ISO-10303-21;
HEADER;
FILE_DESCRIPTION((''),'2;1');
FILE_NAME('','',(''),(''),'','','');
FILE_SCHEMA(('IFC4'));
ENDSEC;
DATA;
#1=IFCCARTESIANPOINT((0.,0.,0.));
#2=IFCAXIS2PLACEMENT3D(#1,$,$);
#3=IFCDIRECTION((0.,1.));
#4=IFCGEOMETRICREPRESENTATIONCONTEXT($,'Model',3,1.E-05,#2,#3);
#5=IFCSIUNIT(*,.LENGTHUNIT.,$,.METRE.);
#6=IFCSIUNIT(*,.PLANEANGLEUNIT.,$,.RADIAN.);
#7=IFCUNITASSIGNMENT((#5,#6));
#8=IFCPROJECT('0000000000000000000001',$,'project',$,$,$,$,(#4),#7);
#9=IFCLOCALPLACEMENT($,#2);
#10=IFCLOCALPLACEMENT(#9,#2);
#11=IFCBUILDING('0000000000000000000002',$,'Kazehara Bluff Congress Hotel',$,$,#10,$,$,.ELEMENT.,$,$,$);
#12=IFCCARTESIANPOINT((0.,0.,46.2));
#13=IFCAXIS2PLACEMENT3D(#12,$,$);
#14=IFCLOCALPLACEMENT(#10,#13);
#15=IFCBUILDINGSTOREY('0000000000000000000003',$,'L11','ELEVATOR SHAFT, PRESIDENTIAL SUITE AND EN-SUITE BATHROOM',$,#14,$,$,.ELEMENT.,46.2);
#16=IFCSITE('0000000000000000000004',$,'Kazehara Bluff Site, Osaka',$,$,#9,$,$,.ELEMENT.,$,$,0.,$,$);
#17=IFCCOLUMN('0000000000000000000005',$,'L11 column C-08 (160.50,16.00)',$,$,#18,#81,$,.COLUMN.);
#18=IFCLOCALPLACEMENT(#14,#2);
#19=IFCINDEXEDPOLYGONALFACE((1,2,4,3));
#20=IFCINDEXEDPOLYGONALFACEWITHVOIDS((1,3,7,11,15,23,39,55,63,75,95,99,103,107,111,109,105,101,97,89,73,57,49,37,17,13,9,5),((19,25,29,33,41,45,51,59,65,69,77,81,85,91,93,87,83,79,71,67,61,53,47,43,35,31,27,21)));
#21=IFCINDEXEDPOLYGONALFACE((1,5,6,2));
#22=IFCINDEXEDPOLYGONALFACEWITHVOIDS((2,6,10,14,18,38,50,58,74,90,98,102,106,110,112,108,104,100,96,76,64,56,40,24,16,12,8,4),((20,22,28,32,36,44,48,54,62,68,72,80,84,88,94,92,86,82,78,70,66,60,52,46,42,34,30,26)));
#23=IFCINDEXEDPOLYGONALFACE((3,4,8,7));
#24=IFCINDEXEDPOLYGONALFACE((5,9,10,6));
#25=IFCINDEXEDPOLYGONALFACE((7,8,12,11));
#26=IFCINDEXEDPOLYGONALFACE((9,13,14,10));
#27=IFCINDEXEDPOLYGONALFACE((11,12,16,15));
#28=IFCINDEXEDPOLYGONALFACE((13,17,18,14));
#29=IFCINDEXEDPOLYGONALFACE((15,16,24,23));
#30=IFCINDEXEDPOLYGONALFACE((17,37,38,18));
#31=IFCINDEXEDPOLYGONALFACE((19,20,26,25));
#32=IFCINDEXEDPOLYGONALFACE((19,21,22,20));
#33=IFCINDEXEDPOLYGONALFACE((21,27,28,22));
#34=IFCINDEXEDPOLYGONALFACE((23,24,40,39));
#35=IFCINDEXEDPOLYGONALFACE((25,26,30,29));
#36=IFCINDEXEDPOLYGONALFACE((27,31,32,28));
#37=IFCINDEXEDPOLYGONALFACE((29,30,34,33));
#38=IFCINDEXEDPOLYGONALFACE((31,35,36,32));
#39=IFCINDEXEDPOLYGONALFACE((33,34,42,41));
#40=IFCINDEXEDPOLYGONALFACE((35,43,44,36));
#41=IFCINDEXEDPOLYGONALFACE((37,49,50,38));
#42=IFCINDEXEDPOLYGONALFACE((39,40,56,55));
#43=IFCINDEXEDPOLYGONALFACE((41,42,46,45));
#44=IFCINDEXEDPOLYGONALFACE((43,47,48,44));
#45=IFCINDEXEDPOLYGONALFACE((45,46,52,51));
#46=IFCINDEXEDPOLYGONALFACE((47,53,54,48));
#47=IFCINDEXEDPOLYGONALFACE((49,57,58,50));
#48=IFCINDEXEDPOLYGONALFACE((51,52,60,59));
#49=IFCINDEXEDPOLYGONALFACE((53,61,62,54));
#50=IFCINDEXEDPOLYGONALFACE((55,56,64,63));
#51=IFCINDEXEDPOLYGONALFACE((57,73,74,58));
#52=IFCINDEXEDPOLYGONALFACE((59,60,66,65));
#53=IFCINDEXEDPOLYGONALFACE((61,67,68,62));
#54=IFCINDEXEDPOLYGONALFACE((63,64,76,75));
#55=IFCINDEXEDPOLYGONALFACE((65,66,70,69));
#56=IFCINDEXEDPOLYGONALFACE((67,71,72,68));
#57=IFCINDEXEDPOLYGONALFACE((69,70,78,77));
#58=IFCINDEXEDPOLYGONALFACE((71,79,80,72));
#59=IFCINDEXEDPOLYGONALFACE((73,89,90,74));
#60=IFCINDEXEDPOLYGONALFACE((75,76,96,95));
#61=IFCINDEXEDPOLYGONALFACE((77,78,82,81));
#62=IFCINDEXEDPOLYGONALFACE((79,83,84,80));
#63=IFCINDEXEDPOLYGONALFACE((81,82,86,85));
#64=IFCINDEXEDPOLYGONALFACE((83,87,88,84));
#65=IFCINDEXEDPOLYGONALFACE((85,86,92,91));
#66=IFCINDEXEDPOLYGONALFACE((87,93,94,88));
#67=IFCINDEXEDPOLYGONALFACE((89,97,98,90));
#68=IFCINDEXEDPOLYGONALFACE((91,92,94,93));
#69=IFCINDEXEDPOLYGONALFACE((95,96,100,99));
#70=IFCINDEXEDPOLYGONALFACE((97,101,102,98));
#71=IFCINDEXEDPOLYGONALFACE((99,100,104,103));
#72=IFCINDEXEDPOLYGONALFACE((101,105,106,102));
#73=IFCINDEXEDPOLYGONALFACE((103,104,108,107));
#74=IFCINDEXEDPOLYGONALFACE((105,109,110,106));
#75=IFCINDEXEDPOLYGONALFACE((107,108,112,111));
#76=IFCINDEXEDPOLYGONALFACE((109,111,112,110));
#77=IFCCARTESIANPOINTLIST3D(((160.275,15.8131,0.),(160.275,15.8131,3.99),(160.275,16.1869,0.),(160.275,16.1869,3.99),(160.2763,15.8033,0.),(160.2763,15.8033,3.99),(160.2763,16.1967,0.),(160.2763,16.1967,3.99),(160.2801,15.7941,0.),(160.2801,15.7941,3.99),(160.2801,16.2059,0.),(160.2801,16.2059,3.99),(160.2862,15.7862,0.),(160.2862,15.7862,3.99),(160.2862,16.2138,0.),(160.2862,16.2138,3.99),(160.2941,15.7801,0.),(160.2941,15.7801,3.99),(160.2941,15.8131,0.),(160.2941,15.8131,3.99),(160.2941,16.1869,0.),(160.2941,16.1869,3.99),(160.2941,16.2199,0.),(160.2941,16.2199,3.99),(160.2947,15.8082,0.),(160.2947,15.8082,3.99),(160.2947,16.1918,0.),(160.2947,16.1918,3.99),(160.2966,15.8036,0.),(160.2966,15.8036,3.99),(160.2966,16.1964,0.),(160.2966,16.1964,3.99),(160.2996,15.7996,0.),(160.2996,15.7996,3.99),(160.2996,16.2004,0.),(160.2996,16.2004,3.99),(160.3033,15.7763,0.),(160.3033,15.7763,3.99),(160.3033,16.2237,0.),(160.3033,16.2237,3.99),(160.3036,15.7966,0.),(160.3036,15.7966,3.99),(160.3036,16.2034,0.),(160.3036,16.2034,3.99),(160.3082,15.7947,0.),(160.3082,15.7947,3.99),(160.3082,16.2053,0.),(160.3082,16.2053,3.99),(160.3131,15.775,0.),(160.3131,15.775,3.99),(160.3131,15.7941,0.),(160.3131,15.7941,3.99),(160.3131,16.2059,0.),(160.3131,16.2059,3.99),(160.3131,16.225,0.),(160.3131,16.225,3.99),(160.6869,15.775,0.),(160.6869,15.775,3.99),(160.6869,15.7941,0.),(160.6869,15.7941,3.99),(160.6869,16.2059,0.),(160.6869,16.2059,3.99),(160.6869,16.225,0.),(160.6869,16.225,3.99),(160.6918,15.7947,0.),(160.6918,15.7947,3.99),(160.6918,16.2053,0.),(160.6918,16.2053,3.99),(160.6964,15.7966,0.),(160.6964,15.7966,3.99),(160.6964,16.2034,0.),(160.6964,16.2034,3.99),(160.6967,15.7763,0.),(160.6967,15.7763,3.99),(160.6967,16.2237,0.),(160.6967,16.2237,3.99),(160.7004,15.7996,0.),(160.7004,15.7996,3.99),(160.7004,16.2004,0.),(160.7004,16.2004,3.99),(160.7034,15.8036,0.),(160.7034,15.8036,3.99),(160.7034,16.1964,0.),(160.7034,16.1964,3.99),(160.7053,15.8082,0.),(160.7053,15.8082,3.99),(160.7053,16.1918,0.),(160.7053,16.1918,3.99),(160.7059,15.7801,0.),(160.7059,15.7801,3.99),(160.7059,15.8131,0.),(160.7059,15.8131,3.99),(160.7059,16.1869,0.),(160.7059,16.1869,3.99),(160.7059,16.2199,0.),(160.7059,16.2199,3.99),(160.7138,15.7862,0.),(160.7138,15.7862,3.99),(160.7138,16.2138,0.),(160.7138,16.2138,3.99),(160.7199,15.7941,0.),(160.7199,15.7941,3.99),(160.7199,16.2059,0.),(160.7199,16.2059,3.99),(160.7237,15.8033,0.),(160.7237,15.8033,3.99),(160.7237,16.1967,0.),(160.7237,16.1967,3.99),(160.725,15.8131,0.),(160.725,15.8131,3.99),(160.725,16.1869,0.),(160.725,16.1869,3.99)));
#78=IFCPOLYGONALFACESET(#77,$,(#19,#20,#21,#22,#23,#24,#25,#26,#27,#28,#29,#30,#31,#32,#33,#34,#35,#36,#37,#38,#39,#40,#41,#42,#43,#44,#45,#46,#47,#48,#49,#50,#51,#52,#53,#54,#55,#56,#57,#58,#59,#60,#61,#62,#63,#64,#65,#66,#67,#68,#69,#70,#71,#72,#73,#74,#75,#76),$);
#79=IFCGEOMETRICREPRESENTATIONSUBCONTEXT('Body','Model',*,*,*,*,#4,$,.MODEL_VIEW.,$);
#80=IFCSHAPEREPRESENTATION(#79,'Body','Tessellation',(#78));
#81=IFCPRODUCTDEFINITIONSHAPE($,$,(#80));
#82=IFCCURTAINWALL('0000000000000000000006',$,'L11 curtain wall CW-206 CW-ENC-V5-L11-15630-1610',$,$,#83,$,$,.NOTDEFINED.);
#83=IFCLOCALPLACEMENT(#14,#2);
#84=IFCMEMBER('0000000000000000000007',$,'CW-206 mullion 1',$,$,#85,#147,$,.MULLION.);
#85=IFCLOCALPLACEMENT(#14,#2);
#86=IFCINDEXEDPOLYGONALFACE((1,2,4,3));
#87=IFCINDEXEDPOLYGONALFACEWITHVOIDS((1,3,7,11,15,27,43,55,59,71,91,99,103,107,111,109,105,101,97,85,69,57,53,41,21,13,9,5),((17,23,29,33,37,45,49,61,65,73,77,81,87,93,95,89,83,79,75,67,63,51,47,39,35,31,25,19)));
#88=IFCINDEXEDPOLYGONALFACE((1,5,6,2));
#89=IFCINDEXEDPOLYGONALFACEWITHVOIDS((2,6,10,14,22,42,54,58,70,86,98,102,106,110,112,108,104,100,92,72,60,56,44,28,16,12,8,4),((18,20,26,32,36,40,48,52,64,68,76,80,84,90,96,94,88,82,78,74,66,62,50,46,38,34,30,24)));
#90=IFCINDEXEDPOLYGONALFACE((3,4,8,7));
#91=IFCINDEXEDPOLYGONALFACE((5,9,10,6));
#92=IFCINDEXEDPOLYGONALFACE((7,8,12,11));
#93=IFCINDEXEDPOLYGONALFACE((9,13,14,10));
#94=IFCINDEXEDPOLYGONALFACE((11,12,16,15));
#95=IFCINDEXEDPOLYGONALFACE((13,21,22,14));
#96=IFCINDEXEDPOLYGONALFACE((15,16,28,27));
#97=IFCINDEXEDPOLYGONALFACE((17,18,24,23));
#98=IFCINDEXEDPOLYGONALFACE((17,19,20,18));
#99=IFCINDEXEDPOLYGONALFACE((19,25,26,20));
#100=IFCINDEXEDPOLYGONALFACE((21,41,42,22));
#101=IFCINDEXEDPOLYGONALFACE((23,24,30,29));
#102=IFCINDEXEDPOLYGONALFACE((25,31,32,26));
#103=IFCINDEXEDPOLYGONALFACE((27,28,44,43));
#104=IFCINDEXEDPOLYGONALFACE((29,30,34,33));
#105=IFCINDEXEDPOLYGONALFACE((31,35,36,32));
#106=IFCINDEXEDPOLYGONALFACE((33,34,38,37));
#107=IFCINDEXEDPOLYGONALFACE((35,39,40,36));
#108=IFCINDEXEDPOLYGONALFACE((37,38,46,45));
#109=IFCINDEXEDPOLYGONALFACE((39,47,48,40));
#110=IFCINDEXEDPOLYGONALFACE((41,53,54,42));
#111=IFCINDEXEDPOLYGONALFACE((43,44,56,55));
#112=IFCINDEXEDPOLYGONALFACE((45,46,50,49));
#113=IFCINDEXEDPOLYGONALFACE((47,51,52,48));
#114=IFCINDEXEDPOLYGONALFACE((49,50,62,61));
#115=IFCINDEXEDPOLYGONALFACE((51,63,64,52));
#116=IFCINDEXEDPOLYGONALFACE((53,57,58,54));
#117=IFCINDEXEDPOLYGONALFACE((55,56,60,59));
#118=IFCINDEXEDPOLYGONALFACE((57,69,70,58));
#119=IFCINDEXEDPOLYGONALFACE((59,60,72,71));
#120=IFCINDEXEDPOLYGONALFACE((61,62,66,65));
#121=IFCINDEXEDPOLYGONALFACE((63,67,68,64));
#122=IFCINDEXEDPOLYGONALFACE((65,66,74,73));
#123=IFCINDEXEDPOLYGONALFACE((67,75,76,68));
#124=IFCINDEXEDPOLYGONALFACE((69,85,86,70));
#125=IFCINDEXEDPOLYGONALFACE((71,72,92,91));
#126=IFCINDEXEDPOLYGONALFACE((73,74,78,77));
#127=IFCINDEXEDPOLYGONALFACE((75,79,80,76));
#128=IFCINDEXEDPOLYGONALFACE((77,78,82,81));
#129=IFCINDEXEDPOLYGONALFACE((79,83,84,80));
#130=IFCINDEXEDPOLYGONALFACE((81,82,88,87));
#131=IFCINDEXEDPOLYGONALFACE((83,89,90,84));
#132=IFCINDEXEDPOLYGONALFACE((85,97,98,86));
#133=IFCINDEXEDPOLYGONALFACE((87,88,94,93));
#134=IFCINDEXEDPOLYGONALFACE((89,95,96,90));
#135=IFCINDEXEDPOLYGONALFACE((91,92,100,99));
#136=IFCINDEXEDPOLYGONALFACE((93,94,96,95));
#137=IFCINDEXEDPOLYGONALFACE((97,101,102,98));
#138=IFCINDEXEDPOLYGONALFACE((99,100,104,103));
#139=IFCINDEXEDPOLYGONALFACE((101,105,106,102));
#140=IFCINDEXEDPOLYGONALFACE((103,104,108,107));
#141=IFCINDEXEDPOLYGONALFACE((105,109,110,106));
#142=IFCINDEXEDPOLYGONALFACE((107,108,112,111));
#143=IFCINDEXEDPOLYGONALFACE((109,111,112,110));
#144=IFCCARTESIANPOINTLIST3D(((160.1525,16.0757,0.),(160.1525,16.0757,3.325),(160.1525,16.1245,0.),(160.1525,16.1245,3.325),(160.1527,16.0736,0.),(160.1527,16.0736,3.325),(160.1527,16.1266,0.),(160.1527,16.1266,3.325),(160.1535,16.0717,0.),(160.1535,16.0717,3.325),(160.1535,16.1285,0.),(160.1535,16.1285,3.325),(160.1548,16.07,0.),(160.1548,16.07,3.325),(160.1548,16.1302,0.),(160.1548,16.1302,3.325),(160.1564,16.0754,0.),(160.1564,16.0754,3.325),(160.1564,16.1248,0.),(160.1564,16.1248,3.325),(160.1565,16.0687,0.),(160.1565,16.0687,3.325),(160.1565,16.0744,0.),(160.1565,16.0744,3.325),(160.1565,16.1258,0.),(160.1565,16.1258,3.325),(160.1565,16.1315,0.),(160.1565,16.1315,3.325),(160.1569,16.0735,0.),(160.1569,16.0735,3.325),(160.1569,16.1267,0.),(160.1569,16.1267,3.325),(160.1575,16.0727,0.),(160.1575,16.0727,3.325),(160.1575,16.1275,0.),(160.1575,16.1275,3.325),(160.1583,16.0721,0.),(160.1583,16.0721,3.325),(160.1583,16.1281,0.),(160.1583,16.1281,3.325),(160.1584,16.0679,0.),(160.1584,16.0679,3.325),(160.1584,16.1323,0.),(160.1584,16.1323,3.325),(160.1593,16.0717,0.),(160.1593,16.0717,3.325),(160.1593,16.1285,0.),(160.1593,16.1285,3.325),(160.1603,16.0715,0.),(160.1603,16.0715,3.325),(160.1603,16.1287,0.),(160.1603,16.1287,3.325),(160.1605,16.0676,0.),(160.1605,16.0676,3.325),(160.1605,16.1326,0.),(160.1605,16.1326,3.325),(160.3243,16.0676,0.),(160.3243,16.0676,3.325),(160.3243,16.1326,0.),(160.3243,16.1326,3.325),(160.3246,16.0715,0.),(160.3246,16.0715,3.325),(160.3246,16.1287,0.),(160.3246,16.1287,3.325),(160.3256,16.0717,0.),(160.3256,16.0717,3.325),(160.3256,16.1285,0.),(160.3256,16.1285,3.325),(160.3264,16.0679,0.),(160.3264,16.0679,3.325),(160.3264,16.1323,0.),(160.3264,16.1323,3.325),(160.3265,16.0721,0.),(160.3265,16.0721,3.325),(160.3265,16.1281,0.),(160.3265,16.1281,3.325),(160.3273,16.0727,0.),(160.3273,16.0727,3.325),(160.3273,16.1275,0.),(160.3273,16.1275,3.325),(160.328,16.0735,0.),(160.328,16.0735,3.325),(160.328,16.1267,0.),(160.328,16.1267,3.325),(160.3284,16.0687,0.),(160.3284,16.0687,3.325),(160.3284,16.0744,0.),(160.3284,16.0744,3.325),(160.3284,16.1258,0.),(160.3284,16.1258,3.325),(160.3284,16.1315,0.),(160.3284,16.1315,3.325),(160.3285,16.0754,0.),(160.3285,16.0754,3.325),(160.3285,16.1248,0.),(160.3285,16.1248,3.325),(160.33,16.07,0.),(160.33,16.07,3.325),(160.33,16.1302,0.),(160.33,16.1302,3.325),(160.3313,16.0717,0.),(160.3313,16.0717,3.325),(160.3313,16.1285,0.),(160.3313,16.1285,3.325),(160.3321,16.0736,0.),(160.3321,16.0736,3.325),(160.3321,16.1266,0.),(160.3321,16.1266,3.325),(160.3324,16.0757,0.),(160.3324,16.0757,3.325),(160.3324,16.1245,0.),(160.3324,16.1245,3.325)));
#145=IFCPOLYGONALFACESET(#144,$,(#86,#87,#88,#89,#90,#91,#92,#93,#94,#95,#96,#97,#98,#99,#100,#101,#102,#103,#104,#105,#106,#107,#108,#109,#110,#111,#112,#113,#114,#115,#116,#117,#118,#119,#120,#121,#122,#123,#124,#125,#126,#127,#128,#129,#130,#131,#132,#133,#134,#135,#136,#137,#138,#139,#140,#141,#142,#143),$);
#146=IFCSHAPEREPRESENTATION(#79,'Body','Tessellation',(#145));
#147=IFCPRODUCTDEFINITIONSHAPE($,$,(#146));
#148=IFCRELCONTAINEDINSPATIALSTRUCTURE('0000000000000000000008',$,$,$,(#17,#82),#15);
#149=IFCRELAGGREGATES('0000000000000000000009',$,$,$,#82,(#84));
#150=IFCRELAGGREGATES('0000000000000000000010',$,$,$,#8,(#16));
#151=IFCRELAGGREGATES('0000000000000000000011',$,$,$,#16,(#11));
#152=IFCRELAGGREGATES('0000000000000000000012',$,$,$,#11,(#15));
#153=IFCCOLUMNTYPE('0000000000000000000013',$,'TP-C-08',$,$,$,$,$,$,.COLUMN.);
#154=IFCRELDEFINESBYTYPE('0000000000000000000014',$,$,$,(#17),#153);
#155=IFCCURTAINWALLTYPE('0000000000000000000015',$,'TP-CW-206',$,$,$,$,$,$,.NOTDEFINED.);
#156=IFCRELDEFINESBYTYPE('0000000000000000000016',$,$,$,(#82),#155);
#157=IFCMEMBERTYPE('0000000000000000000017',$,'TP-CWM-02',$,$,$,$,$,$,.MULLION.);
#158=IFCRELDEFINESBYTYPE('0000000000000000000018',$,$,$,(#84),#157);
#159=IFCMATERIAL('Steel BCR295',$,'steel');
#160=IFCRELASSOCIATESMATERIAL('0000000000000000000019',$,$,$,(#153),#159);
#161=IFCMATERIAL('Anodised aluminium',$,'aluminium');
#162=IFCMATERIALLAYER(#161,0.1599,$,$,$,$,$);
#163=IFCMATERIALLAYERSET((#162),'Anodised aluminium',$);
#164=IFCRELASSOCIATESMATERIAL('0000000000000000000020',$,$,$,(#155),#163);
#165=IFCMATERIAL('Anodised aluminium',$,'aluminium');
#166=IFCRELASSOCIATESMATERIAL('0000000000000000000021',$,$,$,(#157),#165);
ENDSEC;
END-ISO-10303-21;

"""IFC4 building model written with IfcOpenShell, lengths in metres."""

from ifc_helpers import new_model, si_unit, direction, frame, origin, origin_2d, place, context, subcontext, project, spatial, hollow_rectangle, extrude, material, layer, layer_set, material_profile, profile_set, type_object, element, aggregate, save


model = new_model("IFC4")

# Units and contexts
model_context = context("Model", 3, precision=1e-05, world=origin(), true_north=direction((0.0, 1.0)))
body_context = subcontext(model_context, "Body", "Model", "MODEL_VIEW")
ifc_project = project(units=[si_unit("LENGTHUNIT", "METRE"), si_unit("PLANEANGLEUNIT", "RADIAN")], contexts=[model_context])

# Site, building, storey
site_placement = place(None, origin())
site = spatial("IfcSite", under=ifc_project, at=site_placement, Name="Kazehara Bluff Site, Osaka", CompositionType="ELEMENT", RefElevation=0.0)
building_placement = place(site_placement, origin())
building = spatial("IfcBuilding", under=site, at=building_placement, Name="Kazehara Bluff Congress Hotel", CompositionType="ELEMENT")
storey_placement = place(building_placement, frame((0.0, 0.0, 46.2)))
storey = spatial("IfcBuildingStorey", under=building, at=storey_placement, Name="L11", Description="ELEVATOR SHAFT, PRESIDENTIAL SUITE AND EN-SUITE BATHROOM", CompositionType="ELEMENT", Elevation=46.2)

# Column
ifc_material_1 = material(Name="Steel BCR295", Category="steel")
ifc_material_profile_1 = material_profile(ifc_material_1, hollow_rectangle(XDim=0.45, YDim=0.45, WallThickness=0.019, InnerFilletRadius=0.019, OuterFilletRadius=0.0381, at=origin_2d()))
ifc_profile_set_1 = profile_set([ifc_material_profile_1], Name="Steel BCR295")
column_type = type_object("IfcColumnType", Name="TP-C-08", PredefinedType="COLUMN", material=ifc_profile_set_1)
column_placement = place(storey_placement, frame((160.5, 16.0, 0.0), z_axis=(0.0, 0.0, 1.0), x_axis=(1.0, 0.0, 0.0)))
element("IfcColumn", 1, at=column_placement, inside=storey, type_object=column_type, Name="L11 column C-08 (160.50,16.00)", PredefinedType="COLUMN", context=body_context, shape_type="SweptSolid", body=[
    extrude(hollow_rectangle(XDim=0.45, YDim=0.45, WallThickness=0.019, InnerFilletRadius=0.019, OuterFilletRadius=0.0381, at=origin_2d()), origin(), (0.0, 0.0, 1.0), 3.99),
])

# Curtain wall, member
ifc_material_2 = material(Name="Anodised aluminium", Category="aluminium")
ifc_layer_1 = layer(ifc_material_2, 0.1599)
ifc_layer_set_1 = layer_set([ifc_layer_1], Name="Anodised aluminium")
curtain_wall_type_1 = type_object("IfcCurtainWallType", Name="TP-CW-206", PredefinedType="NOTDEFINED", material=ifc_layer_set_1)
curtain_wall_1_placement = place(storey_placement, origin())
curtain_wall_1 = element("IfcCurtainWall", 2, at=curtain_wall_1_placement, inside=storey, type_object=curtain_wall_type_1, Name="L11 curtain wall CW-206 CW-ENC-V5-L11-15630-1610", PredefinedType="NOTDEFINED")
ifc_material_3 = material(Name="Anodised aluminium", Category="aluminium")
ifc_material_profile_2 = material_profile(ifc_material_3, hollow_rectangle(XDim=0.0649, YDim=0.1799, WallThickness=0.0039, InnerFilletRadius=0.0039, OuterFilletRadius=0.0081, at=origin_2d()))
ifc_profile_set_2 = profile_set([ifc_material_profile_2], Name="Anodised aluminium")
member_type_1 = type_object("IfcMemberType", Name="TP-CWM-02", PredefinedType="MULLION", material=ifc_profile_set_2)
member_1_placement = place(storey_placement, frame((160.2424, 16.1001, 0.0), z_axis=(0.0, 0.0, 1.0), x_axis=(0.0, -1.0, 0.0)))
member_1 = element("IfcMember", 3, at=member_1_placement, type_object=member_type_1, Name="CW-206 mullion 1", PredefinedType="MULLION", context=body_context, shape_type="SweptSolid", body=[
    extrude(hollow_rectangle(XDim=0.0649, YDim=0.1799, WallThickness=0.0039, InnerFilletRadius=0.0039, OuterFilletRadius=0.0081, at=origin_2d()), origin(), (0.0, 0.0, 1.0), 3.325),
])

aggregate(curtain_wall_1, [member_1])

save(model, "model.ifc")
